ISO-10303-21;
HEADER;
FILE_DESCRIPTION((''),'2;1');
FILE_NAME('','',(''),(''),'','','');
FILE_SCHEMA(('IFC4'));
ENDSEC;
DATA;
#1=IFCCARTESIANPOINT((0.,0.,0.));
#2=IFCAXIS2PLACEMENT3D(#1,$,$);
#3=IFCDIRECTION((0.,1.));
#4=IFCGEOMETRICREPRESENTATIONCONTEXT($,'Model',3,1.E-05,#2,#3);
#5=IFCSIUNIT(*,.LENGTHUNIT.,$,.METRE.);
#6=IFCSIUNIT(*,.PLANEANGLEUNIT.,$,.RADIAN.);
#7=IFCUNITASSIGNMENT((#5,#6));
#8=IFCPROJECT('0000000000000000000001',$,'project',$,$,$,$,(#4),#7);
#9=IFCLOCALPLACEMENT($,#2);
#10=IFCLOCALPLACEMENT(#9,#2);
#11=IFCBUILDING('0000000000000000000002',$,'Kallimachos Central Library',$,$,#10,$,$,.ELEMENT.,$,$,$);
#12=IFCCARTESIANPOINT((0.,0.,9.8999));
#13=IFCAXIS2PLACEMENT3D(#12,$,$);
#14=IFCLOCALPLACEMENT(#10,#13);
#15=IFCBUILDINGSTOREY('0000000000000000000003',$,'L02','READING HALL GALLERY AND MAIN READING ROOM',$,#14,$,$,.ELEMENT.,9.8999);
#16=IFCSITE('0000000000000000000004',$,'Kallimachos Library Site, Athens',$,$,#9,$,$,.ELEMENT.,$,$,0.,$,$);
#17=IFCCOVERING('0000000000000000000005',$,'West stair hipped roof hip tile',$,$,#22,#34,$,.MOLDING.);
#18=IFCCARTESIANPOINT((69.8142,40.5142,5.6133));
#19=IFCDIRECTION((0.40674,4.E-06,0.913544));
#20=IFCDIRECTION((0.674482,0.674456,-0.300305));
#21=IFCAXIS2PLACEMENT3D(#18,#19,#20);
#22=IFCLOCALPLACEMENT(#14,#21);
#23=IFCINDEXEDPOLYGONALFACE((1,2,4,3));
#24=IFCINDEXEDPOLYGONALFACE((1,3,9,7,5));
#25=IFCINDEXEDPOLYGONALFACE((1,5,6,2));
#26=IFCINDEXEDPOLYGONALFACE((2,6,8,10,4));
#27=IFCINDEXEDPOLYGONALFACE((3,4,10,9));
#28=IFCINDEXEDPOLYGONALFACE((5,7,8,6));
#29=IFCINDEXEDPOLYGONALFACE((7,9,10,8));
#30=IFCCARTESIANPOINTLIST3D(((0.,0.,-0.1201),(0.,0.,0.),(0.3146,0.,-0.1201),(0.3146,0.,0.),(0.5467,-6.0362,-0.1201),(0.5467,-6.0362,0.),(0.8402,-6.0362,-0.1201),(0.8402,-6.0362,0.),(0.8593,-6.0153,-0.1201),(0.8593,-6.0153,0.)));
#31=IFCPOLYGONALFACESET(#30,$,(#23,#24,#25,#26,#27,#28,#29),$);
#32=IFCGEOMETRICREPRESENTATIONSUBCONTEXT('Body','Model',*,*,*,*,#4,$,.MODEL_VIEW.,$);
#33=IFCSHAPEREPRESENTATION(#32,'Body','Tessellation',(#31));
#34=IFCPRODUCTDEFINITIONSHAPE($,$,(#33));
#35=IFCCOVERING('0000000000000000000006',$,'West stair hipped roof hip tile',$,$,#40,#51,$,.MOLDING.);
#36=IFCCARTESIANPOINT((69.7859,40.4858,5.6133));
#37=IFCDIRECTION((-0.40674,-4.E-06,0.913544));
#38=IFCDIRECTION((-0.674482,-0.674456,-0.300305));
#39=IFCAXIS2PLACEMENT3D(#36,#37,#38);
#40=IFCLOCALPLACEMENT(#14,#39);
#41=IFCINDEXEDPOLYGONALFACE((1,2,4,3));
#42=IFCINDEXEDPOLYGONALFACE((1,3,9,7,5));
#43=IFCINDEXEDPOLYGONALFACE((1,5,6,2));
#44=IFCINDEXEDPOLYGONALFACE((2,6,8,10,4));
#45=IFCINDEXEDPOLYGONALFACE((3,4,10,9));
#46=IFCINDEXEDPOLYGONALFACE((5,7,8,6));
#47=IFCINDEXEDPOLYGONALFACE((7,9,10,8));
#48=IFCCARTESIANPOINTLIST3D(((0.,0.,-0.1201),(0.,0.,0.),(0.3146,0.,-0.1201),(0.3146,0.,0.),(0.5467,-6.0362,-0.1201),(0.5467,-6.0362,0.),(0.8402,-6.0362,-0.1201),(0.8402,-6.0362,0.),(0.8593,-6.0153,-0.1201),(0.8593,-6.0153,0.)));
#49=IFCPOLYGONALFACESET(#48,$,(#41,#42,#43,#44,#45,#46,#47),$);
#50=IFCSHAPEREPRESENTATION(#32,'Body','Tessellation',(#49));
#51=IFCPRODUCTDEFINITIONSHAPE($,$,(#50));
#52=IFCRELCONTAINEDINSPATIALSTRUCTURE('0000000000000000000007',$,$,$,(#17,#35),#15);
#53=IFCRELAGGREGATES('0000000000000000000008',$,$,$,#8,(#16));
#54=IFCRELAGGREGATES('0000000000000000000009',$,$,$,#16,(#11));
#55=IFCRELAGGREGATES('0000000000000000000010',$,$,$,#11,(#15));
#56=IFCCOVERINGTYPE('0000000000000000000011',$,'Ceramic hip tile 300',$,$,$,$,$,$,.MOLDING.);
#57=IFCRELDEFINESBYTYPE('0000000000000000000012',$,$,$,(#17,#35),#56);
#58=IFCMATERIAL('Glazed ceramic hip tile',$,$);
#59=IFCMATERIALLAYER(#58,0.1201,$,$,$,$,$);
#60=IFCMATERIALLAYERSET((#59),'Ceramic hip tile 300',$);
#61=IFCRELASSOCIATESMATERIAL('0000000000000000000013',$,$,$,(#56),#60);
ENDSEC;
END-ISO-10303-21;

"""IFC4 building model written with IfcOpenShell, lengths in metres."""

from ifc_helpers import new_model, si_unit, direction, frame, origin, place, context, subcontext, project, spatial, polyline, outline, extrude, material, layer, layer_set, type_object, element, save


model = new_model("IFC4")

# Units and contexts
model_context = context("Model", 3, precision=1e-05, world=origin(), true_north=direction((0.0, 1.0)))
body_context = subcontext(model_context, "Body", "Model", "MODEL_VIEW")
ifc_project = project(units=[si_unit("LENGTHUNIT", "METRE"), si_unit("PLANEANGLEUNIT", "RADIAN")], contexts=[model_context])

# Site, building, storey
site_placement = place(None, origin())
site = spatial("IfcSite", under=ifc_project, at=site_placement, Name="Kallimachos Library Site, Athens", CompositionType="ELEMENT", RefElevation=0.0)
building_placement = place(site_placement, origin())
building = spatial("IfcBuilding", under=site, at=building_placement, Name="Kallimachos Central Library", CompositionType="ELEMENT")
storey_placement = place(building_placement, frame((0.0, 0.0, 9.8999)))
storey = spatial("IfcBuildingStorey", under=building, at=storey_placement, Name="L02", Description="READING HALL GALLERY AND MAIN READING ROOM", CompositionType="ELEMENT", Elevation=9.8999)

# Coverings
ifc_material_1 = material(Name="Glazed ceramic hip tile")
ifc_layer_1 = layer(ifc_material_1, 0.1201)
ifc_layer_set_1 = layer_set([ifc_layer_1], Name="Ceramic hip tile 300")
covering_type_1 = type_object("IfcCoveringType", Name="Ceramic hip tile 300", PredefinedType="MOLDING", material=ifc_layer_set_1)
for number, where, z_axis, x_axis, name in (
    (1, (69.8142, 40.5142, 5.6133), (0.40674, 0.000004, 0.913544), (0.674482, 0.674456, -0.300305), "West stair hipped roof hip tile"),
    (2, (69.7859, 40.4858, 5.6133), (-0.40674, -0.000004, 0.913544), (-0.674482, -0.674456, -0.300305), "West stair hipped roof hip tile"),
):
    element("IfcCovering", number, at=place(storey_placement, frame(where, z_axis=z_axis, x_axis=x_axis)), inside=storey, type_object=covering_type_1, Name=name, PredefinedType="MOLDING", context=body_context, shape_type="SweptSolid", body=[
        extrude(outline(polyline([(0.0, 0.0), (0.3146, 0.0), (0.8593, -6.0153), (0.8402, -6.0362), (0.5467, -6.0362), (0.0, 0.0)])), origin(), (0.0, 0.0, -1.0), 0.1201),
    ])

save(model, "model.ifc")
